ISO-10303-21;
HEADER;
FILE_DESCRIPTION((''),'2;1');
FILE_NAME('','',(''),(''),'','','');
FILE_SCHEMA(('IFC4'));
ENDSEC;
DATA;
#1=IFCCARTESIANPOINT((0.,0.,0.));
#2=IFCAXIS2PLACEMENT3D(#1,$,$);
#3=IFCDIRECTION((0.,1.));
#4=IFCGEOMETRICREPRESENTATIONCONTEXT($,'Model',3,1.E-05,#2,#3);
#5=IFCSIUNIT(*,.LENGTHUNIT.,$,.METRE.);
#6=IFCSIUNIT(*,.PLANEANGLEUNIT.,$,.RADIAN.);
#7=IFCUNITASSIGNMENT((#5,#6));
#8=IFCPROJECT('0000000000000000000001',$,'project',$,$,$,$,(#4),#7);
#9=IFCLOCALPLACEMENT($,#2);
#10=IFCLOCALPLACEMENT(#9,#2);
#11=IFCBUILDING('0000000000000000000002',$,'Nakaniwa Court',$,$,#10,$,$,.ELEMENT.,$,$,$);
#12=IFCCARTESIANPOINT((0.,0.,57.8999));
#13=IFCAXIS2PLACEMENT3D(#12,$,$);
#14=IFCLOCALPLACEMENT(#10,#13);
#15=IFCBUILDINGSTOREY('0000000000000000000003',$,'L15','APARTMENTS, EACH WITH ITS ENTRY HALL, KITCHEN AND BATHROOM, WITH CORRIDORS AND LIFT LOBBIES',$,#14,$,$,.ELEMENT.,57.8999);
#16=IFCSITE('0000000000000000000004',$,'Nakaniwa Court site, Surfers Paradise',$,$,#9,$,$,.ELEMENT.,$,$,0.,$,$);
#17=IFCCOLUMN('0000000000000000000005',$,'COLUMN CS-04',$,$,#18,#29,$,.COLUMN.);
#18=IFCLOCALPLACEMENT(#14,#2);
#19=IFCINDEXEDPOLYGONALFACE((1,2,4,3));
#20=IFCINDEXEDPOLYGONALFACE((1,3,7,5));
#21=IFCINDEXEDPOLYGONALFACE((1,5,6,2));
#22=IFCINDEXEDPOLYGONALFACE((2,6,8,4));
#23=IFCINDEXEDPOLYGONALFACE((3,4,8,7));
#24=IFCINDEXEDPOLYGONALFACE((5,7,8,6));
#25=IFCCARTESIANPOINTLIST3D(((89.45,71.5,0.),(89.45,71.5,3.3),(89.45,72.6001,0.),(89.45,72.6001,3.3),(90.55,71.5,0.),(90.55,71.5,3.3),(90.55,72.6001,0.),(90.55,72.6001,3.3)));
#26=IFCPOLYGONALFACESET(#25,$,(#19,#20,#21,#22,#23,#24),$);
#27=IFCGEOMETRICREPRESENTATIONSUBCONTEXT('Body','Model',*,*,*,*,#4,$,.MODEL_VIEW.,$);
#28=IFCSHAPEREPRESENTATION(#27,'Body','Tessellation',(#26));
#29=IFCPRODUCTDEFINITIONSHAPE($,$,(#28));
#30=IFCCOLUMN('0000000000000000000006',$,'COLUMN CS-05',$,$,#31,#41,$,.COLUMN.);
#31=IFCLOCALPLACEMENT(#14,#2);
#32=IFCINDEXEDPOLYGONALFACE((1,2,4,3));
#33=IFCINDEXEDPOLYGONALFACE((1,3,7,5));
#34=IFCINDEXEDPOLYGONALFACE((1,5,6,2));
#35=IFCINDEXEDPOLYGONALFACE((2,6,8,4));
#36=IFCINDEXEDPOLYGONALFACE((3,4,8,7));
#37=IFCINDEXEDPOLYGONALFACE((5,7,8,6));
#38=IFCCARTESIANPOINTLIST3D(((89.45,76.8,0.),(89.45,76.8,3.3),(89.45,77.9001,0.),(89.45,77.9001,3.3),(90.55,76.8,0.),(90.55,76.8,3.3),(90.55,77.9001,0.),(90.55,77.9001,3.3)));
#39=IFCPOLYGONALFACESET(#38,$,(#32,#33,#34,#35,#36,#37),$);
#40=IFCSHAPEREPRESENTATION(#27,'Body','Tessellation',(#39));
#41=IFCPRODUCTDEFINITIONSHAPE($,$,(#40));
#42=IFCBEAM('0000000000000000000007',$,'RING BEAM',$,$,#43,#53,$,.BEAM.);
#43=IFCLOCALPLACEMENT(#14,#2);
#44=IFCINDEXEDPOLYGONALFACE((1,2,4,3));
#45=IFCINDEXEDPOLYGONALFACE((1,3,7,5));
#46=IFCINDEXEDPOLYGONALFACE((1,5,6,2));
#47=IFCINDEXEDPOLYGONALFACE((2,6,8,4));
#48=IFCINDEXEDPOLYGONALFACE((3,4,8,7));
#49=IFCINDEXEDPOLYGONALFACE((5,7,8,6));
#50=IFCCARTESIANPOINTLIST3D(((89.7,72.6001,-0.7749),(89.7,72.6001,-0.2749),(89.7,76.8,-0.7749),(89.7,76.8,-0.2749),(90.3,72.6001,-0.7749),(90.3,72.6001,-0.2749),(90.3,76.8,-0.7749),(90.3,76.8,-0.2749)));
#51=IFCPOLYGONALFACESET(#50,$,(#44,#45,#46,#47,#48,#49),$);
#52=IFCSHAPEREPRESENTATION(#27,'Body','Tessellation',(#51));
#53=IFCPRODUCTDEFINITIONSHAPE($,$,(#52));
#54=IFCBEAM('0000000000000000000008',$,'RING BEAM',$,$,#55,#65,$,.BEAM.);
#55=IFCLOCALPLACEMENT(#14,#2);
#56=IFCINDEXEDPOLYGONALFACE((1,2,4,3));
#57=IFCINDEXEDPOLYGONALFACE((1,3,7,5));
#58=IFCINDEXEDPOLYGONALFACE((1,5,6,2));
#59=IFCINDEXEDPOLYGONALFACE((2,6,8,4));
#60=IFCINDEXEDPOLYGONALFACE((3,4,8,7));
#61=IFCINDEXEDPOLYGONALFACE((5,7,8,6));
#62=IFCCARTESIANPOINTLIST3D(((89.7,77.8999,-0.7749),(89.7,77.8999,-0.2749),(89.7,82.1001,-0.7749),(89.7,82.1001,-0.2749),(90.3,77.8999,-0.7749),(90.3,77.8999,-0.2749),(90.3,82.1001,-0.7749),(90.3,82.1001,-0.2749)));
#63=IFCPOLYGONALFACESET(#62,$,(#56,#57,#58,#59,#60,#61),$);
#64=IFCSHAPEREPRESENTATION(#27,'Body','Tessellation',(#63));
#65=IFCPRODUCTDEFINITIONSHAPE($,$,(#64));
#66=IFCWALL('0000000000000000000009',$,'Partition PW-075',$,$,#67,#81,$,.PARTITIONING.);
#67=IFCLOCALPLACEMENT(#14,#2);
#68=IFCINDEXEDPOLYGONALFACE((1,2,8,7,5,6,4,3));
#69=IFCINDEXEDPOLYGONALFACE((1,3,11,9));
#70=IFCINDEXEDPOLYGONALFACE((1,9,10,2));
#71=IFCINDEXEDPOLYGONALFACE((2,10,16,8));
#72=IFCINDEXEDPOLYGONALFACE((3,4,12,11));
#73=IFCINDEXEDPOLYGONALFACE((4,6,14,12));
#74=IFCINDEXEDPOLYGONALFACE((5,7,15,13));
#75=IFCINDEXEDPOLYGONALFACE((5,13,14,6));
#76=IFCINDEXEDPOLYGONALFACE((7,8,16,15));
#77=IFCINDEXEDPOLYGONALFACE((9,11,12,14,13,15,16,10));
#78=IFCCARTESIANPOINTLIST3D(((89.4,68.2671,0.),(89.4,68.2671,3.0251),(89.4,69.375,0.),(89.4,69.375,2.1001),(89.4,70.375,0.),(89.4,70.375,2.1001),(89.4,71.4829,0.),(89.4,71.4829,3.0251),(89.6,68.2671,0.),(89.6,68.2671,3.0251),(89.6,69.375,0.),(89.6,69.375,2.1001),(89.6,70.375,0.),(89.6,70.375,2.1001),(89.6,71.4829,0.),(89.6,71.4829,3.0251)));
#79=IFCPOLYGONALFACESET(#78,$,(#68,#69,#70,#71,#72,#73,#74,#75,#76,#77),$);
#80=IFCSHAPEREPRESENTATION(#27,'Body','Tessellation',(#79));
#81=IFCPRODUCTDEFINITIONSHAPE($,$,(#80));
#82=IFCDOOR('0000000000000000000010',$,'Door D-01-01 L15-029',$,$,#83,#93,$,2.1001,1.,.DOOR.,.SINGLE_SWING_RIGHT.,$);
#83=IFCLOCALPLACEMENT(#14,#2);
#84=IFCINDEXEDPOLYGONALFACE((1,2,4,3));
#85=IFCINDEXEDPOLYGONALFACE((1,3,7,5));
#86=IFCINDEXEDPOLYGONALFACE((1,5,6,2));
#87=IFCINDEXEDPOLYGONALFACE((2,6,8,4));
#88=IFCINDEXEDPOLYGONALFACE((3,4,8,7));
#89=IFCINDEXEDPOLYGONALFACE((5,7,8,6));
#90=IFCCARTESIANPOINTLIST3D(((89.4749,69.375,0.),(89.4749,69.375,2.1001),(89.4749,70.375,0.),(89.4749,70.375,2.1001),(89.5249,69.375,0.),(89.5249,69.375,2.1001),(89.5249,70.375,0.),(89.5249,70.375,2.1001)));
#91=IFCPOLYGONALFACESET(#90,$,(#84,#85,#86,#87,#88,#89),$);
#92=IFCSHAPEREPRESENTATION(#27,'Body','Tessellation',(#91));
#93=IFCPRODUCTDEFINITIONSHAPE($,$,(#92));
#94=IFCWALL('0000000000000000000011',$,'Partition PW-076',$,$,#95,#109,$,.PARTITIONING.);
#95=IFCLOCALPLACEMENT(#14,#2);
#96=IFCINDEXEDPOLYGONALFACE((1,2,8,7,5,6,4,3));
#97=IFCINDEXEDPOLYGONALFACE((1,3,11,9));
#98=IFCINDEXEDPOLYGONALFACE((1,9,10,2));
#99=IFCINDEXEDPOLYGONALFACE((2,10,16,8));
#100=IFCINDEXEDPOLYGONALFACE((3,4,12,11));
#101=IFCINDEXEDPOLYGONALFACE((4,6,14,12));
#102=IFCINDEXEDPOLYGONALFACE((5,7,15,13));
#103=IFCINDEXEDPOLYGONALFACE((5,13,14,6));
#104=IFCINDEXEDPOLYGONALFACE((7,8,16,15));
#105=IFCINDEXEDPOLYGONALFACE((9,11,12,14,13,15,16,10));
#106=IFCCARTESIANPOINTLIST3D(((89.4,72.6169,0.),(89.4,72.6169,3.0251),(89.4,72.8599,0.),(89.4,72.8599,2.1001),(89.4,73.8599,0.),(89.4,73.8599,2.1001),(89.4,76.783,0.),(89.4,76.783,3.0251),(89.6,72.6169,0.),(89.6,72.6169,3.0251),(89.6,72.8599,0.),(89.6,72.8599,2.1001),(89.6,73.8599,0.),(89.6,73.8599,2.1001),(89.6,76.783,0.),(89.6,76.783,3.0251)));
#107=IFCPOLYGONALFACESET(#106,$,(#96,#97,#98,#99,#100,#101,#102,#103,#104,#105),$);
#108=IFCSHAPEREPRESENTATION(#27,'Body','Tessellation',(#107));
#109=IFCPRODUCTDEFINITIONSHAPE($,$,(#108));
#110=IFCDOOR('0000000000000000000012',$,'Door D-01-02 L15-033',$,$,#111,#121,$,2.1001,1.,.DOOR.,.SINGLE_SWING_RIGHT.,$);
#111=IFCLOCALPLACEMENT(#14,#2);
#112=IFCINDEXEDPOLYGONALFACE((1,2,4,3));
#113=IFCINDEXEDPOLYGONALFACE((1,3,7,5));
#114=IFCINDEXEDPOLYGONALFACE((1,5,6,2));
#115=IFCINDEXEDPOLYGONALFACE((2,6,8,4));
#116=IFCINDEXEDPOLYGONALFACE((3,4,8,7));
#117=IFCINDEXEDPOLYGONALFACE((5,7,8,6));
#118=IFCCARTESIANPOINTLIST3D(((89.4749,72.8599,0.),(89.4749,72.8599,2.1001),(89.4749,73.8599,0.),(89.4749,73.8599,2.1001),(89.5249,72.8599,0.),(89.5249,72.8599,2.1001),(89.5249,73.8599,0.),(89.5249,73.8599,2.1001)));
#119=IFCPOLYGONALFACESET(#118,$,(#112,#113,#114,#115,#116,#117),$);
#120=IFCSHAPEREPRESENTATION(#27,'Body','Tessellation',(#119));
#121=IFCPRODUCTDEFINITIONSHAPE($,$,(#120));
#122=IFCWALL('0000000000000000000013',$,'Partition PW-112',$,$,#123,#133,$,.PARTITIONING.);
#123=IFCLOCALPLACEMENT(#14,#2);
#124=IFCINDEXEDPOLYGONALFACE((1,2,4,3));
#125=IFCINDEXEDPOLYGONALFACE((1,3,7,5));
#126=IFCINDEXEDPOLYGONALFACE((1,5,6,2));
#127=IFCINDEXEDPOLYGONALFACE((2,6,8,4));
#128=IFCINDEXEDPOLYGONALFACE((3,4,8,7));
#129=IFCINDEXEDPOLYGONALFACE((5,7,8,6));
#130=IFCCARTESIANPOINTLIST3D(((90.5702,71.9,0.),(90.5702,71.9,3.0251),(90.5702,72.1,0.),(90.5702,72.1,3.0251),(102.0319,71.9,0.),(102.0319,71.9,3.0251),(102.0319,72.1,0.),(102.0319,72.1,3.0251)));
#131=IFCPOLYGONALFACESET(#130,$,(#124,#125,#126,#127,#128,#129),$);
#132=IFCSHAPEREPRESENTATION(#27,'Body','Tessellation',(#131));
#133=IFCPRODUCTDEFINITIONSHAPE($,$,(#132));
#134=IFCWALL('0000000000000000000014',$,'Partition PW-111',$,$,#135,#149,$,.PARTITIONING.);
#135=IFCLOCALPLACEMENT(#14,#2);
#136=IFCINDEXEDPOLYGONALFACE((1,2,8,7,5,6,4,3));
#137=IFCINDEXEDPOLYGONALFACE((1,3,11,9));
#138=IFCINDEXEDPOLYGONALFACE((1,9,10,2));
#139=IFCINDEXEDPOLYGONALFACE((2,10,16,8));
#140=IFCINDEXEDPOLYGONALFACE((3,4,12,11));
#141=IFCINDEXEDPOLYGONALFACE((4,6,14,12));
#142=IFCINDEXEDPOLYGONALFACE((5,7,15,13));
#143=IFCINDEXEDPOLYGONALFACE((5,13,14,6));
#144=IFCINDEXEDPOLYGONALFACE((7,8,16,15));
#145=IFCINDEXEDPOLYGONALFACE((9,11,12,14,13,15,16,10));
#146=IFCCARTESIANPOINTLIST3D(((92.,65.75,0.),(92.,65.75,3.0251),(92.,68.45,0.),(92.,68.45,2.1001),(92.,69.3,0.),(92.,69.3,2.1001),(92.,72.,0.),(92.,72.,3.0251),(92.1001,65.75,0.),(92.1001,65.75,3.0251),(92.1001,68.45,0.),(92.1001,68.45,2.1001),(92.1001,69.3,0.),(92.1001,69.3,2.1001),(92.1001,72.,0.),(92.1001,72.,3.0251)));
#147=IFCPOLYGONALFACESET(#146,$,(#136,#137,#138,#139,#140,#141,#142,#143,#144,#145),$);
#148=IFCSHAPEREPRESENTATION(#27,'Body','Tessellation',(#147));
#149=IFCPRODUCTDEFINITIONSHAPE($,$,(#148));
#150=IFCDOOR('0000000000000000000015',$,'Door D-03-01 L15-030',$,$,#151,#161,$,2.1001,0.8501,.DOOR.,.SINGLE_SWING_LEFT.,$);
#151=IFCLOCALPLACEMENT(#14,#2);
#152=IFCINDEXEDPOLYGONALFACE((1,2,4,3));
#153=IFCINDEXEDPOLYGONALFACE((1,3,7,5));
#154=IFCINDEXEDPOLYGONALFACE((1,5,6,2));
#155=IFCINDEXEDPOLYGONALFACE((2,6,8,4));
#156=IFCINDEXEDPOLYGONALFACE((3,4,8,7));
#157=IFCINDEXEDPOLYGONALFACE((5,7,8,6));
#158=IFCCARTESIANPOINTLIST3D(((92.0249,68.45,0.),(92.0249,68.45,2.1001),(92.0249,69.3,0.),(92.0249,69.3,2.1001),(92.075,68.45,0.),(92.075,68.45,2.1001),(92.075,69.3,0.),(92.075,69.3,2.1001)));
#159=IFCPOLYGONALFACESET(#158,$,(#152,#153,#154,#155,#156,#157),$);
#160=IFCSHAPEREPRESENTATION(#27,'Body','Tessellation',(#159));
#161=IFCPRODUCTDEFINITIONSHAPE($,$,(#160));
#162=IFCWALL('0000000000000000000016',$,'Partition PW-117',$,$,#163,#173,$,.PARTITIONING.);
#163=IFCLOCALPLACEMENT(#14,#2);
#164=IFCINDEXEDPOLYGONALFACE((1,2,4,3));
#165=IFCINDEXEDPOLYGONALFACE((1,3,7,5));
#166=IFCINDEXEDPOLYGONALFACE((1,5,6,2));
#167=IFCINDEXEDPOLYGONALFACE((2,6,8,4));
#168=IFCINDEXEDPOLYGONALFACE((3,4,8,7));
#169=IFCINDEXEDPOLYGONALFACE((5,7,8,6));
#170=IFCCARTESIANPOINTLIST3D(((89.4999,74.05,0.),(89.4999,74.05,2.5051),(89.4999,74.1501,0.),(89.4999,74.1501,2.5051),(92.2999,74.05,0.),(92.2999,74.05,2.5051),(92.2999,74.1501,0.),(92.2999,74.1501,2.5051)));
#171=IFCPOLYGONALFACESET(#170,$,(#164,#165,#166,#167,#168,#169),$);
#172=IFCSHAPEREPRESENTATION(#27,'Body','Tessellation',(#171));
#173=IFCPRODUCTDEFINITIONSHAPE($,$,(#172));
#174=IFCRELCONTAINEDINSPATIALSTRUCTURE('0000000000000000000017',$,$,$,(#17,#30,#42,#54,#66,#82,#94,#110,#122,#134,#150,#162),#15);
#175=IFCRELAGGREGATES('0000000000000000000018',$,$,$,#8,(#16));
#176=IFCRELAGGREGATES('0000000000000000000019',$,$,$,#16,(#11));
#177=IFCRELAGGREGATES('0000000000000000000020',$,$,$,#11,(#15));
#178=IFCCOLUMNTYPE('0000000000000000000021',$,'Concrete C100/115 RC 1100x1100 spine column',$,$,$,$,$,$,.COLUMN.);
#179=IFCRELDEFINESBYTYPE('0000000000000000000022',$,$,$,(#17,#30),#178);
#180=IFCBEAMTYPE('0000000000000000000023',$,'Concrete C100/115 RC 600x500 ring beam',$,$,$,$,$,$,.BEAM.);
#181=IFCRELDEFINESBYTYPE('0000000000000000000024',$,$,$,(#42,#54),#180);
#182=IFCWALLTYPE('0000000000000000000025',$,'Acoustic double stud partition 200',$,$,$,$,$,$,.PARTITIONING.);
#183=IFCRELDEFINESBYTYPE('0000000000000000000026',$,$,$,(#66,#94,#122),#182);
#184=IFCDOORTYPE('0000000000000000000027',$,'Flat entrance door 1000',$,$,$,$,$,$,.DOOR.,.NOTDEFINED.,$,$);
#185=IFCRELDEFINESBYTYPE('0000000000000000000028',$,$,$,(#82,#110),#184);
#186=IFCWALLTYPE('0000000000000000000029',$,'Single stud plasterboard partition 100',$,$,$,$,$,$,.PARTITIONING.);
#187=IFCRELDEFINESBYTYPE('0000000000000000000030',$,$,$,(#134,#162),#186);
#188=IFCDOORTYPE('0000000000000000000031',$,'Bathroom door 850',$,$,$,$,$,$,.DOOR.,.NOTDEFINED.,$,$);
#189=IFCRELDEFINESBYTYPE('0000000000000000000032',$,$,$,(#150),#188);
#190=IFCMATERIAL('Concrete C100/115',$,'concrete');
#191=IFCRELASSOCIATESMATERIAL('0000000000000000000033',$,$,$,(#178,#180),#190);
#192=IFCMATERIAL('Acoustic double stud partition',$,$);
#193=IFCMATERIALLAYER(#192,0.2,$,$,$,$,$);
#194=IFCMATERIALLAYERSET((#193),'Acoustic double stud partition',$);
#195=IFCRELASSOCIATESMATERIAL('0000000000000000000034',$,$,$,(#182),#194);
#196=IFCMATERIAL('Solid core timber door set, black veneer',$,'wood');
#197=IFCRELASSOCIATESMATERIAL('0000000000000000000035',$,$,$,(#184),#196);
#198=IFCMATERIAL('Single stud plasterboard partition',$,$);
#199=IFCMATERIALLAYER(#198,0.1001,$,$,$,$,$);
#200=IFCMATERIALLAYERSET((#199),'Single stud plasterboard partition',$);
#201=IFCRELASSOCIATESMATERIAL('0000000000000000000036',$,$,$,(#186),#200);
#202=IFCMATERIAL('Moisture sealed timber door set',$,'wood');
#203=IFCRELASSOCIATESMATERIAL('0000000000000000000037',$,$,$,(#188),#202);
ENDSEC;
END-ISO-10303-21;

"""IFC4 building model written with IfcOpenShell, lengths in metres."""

from ifc_helpers import new_model, si_unit, direction, frame, frame_2d, origin, origin_2d, place, context, subcontext, project, spatial, rectangle, extrude, material, layer, layer_set, material_profile, profile_set, type_object, element, fill, save


model = new_model("IFC4")

# Units and contexts
model_context = context("Model", 3, precision=1e-05, world=origin(), true_north=direction((0.0, 1.0)))
body_context = subcontext(model_context, "Body", "Model", "MODEL_VIEW")
ifc_project = project(units=[si_unit("LENGTHUNIT", "METRE"), si_unit("PLANEANGLEUNIT", "RADIAN")], contexts=[model_context])

# Site, building, storey
site_placement = place(None, origin())
site = spatial("IfcSite", under=ifc_project, at=site_placement, Name="Nakaniwa Court site, Surfers Paradise", CompositionType="ELEMENT", RefElevation=0.0)
building_placement = place(site_placement, origin())
building = spatial("IfcBuilding", under=site, at=building_placement, Name="Nakaniwa Court", CompositionType="ELEMENT")
storey_placement = place(building_placement, frame((0.0, 0.0, 57.8999)))
storey = spatial("IfcBuildingStorey", under=building, at=storey_placement, Name="L15", Description="APARTMENTS, EACH WITH ITS ENTRY HALL, KITCHEN AND BATHROOM, WITH CORRIDORS AND LIFT LOBBIES", CompositionType="ELEMENT", Elevation=57.8999)

# Columns
ifc_material_1 = material(Name="Concrete C100/115", Category="concrete")
ifc_material_profile_1 = material_profile(ifc_material_1, rectangle(XDim=1.1001, YDim=1.1001, at=origin_2d()), Name="Concrete C100/115 RC 1100x1100 spine column")
ifc_profile_set_1 = profile_set([ifc_material_profile_1], Name="Concrete C100/115")
column_type = type_object("IfcColumnType", Name="Concrete C100/115 RC 1100x1100 spine column", PredefinedType="COLUMN", material=ifc_profile_set_1)
for number, where, z_axis, x_axis, name in (
    (1, (90.0, 72.05, 0.0), (0.0, 0.0, 1.0), (0.0, 1.0, 0.0), "COLUMN CS-04"),
    (2, (90.0, 77.3501, 0.0), (0.0, 0.0, 1.0), (0.0, 1.0, 0.0), "COLUMN CS-05"),
):
    element("IfcColumn", number, at=place(storey_placement, frame(where, z_axis=z_axis, x_axis=x_axis)), inside=storey, type_object=column_type, Name=name, PredefinedType="COLUMN", context=body_context, shape_type="SweptSolid", body=[
        extrude(rectangle(XDim=1.1001, YDim=1.1001, at=origin_2d()), origin(), (0.0, 0.0, 1.0), 3.3),
    ])

# Beams
ifc_material_profile_2 = material_profile(ifc_material_1, rectangle(XDim=0.6001, YDim=0.5, at=origin_2d()), Name="Concrete C100/115 RC 600x500 ring beam")
ifc_profile_set_2 = profile_set([ifc_material_profile_2], Name="Concrete C100/115")
beam_type = type_object("IfcBeamType", Name="Concrete C100/115 RC 600x500 ring beam", PredefinedType="BEAM", material=ifc_profile_set_2)
beam_1_placement = place(storey_placement, frame((90.0, 72.6001, -0.5249), z_axis=(0.0, 1.0, 0.0), x_axis=(-1.0, 0.0, 0.0)))
element("IfcBeam", 3, at=beam_1_placement, inside=storey, type_object=beam_type, Name="RING BEAM", PredefinedType="BEAM", context=body_context, shape_type="SweptSolid", body=[
    extrude(rectangle(XDim=0.6001, YDim=0.5, at=origin_2d()), origin(), (0.0, 0.0, 1.0), 4.2),
])
beam_2_placement = place(storey_placement, frame((90.0, 77.8999, -0.5249), z_axis=(0.0, 1.0, 0.0), x_axis=(-1.0, 0.0, 0.0)))
element("IfcBeam", 4, at=beam_2_placement, inside=storey, type_object=beam_type, Name="RING BEAM", PredefinedType="BEAM", context=body_context, shape_type="SweptSolid", body=[
    extrude(rectangle(XDim=0.6001, YDim=0.5, at=origin_2d()), origin(), (0.0, 0.0, 1.0), 4.2002),
])

# Walls, openings, doors
ifc_material_2 = material(Name="Acoustic double stud partition")
ifc_layer_1 = layer(ifc_material_2, 0.2)
ifc_layer_set_1 = layer_set([ifc_layer_1], Name="Acoustic double stud partition")
wall_type_1 = type_object("IfcWallType", Name="Acoustic double stud partition 200", PredefinedType="PARTITIONING", material=ifc_layer_set_1)
wall_1_placement = place(storey_placement, frame((89.5, 71.4829, 0.0), z_axis=(0.0, 0.0, 1.0), x_axis=(0.0, -1.0, 0.0)))
wall_1 = element("IfcWall", 5, at=wall_1_placement, inside=storey, type_object=wall_type_1, Name="Partition PW-075", PredefinedType="PARTITIONING", context=body_context, shape_type="SweptSolid", body=[
    extrude(rectangle(XDim=3.2158, YDim=0.2, at=frame_2d((1.6079, 0.0))), origin(), (0.0, 0.0, 1.0), 3.0251),
])
opening_1_placement = place(wall_1_placement, frame((1.1079, 0.0, 0.0)))
opening_1 = element("IfcOpeningElement", 6, at=opening_1_placement, cuts=wall_1, PredefinedType="OPENING", context=body_context, shape_type="SweptSolid", body=[
    extrude(rectangle(XDim=1.0, YDim=2.1001, at=frame_2d((0.5, 1.05))), frame((0.0, 0.1099, 0.0), z_axis=(0.0, -1.0, 0.0), x_axis=(1.0, 0.0, 0.0)), (0.0, 0.0, 1.0), 0.22),
])
ifc_material_3 = material(Name="Solid core timber door set, black veneer", Category="wood")
door_type_1 = type_object("IfcDoorType", Name="Flat entrance door 1000", OperationType="NOTDEFINED", PredefinedType="DOOR", material=ifc_material_3)
door_1_placement = place(opening_1_placement, origin())
door_1 = element("IfcDoor", 7, at=door_1_placement, inside=storey, type_object=door_type_1, Name="Door D-01-01 L15-029", OperationType="SINGLE_SWING_RIGHT", OverallHeight=2.1001, OverallWidth=1.0, PredefinedType="DOOR", context=body_context, shape_type="SweptSolid", body=[
    extrude(rectangle(XDim=1.0, YDim=2.1001, at=frame_2d((0.5, 1.05))), frame((0.0, 0.0249, 0.0), z_axis=(0.0, -1.0, 0.0), x_axis=(1.0, 0.0, 0.0)), (0.0, 0.0, 1.0), 0.05),
])
fill(opening_1, door_1)
wall_2_placement = place(storey_placement, frame((89.5, 76.783, 0.0), z_axis=(0.0, 0.0, 1.0), x_axis=(0.0, -1.0, 0.0)))
wall_2 = element("IfcWall", 8, at=wall_2_placement, inside=storey, type_object=wall_type_1, Name="Partition PW-076", PredefinedType="PARTITIONING", context=body_context, shape_type="SweptSolid", body=[
    extrude(rectangle(XDim=4.166, YDim=0.2, at=frame_2d((2.083, 0.0))), origin(), (0.0, 0.0, 1.0), 3.0251),
])
opening_2_placement = place(wall_2_placement, frame((2.9231, 0.0, 0.0)))
opening_2 = element("IfcOpeningElement", 9, at=opening_2_placement, cuts=wall_2, PredefinedType="OPENING", context=body_context, shape_type="SweptSolid", body=[
    extrude(rectangle(XDim=1.0, YDim=2.1001, at=frame_2d((0.5, 1.05))), frame((0.0, 0.1099, 0.0), z_axis=(0.0, -1.0, 0.0), x_axis=(1.0, 0.0, 0.0)), (0.0, 0.0, 1.0), 0.22),
])
door_2_placement = place(opening_2_placement, origin())
door_2 = element("IfcDoor", 10, at=door_2_placement, inside=storey, type_object=door_type_1, Name="Door D-01-02 L15-033", OperationType="SINGLE_SWING_RIGHT", OverallHeight=2.1001, OverallWidth=1.0, PredefinedType="DOOR", context=body_context, shape_type="SweptSolid", body=[
    extrude(rectangle(XDim=1.0, YDim=2.1001, at=frame_2d((0.5, 1.05))), frame((0.0, 0.0249, 0.0), z_axis=(0.0, -1.0, 0.0), x_axis=(1.0, 0.0, 0.0)), (0.0, 0.0, 1.0), 0.05),
])
fill(opening_2, door_2)

# Wall
wall_3_placement = place(storey_placement, frame((90.5701, 72.0, 0.0), z_axis=(0.0, 0.0, 1.0), x_axis=(1.0, 0.0, 0.0)))
element("IfcWall", 11, at=wall_3_placement, inside=storey, type_object=wall_type_1, Name="Partition PW-112", PredefinedType="PARTITIONING", context=body_context, shape_type="SweptSolid", body=[
    extrude(rectangle(XDim=11.4617, YDim=0.2, at=frame_2d((5.731, 0.0))), origin(), (0.0, 0.0, 1.0), 3.0251),
])

# Wall, opening, door
ifc_material_4 = material(Name="Single stud plasterboard partition")
ifc_layer_2 = layer(ifc_material_4, 0.1001)
ifc_layer_set_2 = layer_set([ifc_layer_2], Name="Single stud plasterboard partition")
wall_type_2 = type_object("IfcWallType", Name="Single stud plasterboard partition 100", PredefinedType="PARTITIONING", material=ifc_layer_set_2)
wall_4_placement = place(storey_placement, frame((92.05, 72.0, 0.0), z_axis=(0.0, 0.0, 1.0), x_axis=(0.0, -1.0, 0.0)))
wall_4 = element("IfcWall", 12, at=wall_4_placement, inside=storey, type_object=wall_type_2, Name="Partition PW-111", PredefinedType="PARTITIONING", context=body_context, shape_type="SweptSolid", body=[
    extrude(rectangle(XDim=6.25, YDim=0.1001, at=frame_2d((3.125, 0.0))), origin(), (0.0, 0.0, 1.0), 3.0251),
])
opening_3_placement = place(wall_4_placement, frame((2.7, 0.0, 0.0)))
opening_3 = element("IfcOpeningElement", 13, at=opening_3_placement, cuts=wall_4, PredefinedType="OPENING", context=body_context, shape_type="SweptSolid", body=[
    extrude(rectangle(XDim=0.8501, YDim=2.1001, at=frame_2d((0.425, 1.05))), frame((0.0, 0.0601, 0.0), z_axis=(0.0, -1.0, 0.0), x_axis=(1.0, 0.0, 0.0)), (0.0, 0.0, 1.0), 0.1201),
])
ifc_material_5 = material(Name="Moisture sealed timber door set", Category="wood")
door_type_2 = type_object("IfcDoorType", Name="Bathroom door 850", OperationType="NOTDEFINED", PredefinedType="DOOR", material=ifc_material_5)
door_3_placement = place(opening_3_placement, origin())
door_3 = element("IfcDoor", 14, at=door_3_placement, inside=storey, type_object=door_type_2, Name="Door D-03-01 L15-030", OperationType="SINGLE_SWING_LEFT", OverallHeight=2.1001, OverallWidth=0.8501, PredefinedType="DOOR", context=body_context, shape_type="SweptSolid", body=[
    extrude(rectangle(XDim=0.8501, YDim=2.1001, at=frame_2d((0.425, 1.05))), frame((0.0, 0.0249, 0.0), z_axis=(0.0, -1.0, 0.0), x_axis=(1.0, 0.0, 0.0)), (0.0, 0.0, 1.0), 0.05),
])
fill(opening_3, door_3)

# Wall
wall_5_placement = place(storey_placement, frame((89.5, 74.1001, 0.0), z_axis=(0.0, 0.0, 1.0), x_axis=(1.0, 0.0, 0.0)))
element("IfcWall", 15, at=wall_5_placement, inside=storey, type_object=wall_type_2, Name="Partition PW-117", PredefinedType="PARTITIONING", context=body_context, shape_type="SweptSolid", body=[
    extrude(rectangle(XDim=2.8, YDim=0.1001, at=frame_2d((1.3999, 0.0))), origin(), (0.0, 0.0, 1.0), 2.5051),
])

save(model, "model.ifc")
